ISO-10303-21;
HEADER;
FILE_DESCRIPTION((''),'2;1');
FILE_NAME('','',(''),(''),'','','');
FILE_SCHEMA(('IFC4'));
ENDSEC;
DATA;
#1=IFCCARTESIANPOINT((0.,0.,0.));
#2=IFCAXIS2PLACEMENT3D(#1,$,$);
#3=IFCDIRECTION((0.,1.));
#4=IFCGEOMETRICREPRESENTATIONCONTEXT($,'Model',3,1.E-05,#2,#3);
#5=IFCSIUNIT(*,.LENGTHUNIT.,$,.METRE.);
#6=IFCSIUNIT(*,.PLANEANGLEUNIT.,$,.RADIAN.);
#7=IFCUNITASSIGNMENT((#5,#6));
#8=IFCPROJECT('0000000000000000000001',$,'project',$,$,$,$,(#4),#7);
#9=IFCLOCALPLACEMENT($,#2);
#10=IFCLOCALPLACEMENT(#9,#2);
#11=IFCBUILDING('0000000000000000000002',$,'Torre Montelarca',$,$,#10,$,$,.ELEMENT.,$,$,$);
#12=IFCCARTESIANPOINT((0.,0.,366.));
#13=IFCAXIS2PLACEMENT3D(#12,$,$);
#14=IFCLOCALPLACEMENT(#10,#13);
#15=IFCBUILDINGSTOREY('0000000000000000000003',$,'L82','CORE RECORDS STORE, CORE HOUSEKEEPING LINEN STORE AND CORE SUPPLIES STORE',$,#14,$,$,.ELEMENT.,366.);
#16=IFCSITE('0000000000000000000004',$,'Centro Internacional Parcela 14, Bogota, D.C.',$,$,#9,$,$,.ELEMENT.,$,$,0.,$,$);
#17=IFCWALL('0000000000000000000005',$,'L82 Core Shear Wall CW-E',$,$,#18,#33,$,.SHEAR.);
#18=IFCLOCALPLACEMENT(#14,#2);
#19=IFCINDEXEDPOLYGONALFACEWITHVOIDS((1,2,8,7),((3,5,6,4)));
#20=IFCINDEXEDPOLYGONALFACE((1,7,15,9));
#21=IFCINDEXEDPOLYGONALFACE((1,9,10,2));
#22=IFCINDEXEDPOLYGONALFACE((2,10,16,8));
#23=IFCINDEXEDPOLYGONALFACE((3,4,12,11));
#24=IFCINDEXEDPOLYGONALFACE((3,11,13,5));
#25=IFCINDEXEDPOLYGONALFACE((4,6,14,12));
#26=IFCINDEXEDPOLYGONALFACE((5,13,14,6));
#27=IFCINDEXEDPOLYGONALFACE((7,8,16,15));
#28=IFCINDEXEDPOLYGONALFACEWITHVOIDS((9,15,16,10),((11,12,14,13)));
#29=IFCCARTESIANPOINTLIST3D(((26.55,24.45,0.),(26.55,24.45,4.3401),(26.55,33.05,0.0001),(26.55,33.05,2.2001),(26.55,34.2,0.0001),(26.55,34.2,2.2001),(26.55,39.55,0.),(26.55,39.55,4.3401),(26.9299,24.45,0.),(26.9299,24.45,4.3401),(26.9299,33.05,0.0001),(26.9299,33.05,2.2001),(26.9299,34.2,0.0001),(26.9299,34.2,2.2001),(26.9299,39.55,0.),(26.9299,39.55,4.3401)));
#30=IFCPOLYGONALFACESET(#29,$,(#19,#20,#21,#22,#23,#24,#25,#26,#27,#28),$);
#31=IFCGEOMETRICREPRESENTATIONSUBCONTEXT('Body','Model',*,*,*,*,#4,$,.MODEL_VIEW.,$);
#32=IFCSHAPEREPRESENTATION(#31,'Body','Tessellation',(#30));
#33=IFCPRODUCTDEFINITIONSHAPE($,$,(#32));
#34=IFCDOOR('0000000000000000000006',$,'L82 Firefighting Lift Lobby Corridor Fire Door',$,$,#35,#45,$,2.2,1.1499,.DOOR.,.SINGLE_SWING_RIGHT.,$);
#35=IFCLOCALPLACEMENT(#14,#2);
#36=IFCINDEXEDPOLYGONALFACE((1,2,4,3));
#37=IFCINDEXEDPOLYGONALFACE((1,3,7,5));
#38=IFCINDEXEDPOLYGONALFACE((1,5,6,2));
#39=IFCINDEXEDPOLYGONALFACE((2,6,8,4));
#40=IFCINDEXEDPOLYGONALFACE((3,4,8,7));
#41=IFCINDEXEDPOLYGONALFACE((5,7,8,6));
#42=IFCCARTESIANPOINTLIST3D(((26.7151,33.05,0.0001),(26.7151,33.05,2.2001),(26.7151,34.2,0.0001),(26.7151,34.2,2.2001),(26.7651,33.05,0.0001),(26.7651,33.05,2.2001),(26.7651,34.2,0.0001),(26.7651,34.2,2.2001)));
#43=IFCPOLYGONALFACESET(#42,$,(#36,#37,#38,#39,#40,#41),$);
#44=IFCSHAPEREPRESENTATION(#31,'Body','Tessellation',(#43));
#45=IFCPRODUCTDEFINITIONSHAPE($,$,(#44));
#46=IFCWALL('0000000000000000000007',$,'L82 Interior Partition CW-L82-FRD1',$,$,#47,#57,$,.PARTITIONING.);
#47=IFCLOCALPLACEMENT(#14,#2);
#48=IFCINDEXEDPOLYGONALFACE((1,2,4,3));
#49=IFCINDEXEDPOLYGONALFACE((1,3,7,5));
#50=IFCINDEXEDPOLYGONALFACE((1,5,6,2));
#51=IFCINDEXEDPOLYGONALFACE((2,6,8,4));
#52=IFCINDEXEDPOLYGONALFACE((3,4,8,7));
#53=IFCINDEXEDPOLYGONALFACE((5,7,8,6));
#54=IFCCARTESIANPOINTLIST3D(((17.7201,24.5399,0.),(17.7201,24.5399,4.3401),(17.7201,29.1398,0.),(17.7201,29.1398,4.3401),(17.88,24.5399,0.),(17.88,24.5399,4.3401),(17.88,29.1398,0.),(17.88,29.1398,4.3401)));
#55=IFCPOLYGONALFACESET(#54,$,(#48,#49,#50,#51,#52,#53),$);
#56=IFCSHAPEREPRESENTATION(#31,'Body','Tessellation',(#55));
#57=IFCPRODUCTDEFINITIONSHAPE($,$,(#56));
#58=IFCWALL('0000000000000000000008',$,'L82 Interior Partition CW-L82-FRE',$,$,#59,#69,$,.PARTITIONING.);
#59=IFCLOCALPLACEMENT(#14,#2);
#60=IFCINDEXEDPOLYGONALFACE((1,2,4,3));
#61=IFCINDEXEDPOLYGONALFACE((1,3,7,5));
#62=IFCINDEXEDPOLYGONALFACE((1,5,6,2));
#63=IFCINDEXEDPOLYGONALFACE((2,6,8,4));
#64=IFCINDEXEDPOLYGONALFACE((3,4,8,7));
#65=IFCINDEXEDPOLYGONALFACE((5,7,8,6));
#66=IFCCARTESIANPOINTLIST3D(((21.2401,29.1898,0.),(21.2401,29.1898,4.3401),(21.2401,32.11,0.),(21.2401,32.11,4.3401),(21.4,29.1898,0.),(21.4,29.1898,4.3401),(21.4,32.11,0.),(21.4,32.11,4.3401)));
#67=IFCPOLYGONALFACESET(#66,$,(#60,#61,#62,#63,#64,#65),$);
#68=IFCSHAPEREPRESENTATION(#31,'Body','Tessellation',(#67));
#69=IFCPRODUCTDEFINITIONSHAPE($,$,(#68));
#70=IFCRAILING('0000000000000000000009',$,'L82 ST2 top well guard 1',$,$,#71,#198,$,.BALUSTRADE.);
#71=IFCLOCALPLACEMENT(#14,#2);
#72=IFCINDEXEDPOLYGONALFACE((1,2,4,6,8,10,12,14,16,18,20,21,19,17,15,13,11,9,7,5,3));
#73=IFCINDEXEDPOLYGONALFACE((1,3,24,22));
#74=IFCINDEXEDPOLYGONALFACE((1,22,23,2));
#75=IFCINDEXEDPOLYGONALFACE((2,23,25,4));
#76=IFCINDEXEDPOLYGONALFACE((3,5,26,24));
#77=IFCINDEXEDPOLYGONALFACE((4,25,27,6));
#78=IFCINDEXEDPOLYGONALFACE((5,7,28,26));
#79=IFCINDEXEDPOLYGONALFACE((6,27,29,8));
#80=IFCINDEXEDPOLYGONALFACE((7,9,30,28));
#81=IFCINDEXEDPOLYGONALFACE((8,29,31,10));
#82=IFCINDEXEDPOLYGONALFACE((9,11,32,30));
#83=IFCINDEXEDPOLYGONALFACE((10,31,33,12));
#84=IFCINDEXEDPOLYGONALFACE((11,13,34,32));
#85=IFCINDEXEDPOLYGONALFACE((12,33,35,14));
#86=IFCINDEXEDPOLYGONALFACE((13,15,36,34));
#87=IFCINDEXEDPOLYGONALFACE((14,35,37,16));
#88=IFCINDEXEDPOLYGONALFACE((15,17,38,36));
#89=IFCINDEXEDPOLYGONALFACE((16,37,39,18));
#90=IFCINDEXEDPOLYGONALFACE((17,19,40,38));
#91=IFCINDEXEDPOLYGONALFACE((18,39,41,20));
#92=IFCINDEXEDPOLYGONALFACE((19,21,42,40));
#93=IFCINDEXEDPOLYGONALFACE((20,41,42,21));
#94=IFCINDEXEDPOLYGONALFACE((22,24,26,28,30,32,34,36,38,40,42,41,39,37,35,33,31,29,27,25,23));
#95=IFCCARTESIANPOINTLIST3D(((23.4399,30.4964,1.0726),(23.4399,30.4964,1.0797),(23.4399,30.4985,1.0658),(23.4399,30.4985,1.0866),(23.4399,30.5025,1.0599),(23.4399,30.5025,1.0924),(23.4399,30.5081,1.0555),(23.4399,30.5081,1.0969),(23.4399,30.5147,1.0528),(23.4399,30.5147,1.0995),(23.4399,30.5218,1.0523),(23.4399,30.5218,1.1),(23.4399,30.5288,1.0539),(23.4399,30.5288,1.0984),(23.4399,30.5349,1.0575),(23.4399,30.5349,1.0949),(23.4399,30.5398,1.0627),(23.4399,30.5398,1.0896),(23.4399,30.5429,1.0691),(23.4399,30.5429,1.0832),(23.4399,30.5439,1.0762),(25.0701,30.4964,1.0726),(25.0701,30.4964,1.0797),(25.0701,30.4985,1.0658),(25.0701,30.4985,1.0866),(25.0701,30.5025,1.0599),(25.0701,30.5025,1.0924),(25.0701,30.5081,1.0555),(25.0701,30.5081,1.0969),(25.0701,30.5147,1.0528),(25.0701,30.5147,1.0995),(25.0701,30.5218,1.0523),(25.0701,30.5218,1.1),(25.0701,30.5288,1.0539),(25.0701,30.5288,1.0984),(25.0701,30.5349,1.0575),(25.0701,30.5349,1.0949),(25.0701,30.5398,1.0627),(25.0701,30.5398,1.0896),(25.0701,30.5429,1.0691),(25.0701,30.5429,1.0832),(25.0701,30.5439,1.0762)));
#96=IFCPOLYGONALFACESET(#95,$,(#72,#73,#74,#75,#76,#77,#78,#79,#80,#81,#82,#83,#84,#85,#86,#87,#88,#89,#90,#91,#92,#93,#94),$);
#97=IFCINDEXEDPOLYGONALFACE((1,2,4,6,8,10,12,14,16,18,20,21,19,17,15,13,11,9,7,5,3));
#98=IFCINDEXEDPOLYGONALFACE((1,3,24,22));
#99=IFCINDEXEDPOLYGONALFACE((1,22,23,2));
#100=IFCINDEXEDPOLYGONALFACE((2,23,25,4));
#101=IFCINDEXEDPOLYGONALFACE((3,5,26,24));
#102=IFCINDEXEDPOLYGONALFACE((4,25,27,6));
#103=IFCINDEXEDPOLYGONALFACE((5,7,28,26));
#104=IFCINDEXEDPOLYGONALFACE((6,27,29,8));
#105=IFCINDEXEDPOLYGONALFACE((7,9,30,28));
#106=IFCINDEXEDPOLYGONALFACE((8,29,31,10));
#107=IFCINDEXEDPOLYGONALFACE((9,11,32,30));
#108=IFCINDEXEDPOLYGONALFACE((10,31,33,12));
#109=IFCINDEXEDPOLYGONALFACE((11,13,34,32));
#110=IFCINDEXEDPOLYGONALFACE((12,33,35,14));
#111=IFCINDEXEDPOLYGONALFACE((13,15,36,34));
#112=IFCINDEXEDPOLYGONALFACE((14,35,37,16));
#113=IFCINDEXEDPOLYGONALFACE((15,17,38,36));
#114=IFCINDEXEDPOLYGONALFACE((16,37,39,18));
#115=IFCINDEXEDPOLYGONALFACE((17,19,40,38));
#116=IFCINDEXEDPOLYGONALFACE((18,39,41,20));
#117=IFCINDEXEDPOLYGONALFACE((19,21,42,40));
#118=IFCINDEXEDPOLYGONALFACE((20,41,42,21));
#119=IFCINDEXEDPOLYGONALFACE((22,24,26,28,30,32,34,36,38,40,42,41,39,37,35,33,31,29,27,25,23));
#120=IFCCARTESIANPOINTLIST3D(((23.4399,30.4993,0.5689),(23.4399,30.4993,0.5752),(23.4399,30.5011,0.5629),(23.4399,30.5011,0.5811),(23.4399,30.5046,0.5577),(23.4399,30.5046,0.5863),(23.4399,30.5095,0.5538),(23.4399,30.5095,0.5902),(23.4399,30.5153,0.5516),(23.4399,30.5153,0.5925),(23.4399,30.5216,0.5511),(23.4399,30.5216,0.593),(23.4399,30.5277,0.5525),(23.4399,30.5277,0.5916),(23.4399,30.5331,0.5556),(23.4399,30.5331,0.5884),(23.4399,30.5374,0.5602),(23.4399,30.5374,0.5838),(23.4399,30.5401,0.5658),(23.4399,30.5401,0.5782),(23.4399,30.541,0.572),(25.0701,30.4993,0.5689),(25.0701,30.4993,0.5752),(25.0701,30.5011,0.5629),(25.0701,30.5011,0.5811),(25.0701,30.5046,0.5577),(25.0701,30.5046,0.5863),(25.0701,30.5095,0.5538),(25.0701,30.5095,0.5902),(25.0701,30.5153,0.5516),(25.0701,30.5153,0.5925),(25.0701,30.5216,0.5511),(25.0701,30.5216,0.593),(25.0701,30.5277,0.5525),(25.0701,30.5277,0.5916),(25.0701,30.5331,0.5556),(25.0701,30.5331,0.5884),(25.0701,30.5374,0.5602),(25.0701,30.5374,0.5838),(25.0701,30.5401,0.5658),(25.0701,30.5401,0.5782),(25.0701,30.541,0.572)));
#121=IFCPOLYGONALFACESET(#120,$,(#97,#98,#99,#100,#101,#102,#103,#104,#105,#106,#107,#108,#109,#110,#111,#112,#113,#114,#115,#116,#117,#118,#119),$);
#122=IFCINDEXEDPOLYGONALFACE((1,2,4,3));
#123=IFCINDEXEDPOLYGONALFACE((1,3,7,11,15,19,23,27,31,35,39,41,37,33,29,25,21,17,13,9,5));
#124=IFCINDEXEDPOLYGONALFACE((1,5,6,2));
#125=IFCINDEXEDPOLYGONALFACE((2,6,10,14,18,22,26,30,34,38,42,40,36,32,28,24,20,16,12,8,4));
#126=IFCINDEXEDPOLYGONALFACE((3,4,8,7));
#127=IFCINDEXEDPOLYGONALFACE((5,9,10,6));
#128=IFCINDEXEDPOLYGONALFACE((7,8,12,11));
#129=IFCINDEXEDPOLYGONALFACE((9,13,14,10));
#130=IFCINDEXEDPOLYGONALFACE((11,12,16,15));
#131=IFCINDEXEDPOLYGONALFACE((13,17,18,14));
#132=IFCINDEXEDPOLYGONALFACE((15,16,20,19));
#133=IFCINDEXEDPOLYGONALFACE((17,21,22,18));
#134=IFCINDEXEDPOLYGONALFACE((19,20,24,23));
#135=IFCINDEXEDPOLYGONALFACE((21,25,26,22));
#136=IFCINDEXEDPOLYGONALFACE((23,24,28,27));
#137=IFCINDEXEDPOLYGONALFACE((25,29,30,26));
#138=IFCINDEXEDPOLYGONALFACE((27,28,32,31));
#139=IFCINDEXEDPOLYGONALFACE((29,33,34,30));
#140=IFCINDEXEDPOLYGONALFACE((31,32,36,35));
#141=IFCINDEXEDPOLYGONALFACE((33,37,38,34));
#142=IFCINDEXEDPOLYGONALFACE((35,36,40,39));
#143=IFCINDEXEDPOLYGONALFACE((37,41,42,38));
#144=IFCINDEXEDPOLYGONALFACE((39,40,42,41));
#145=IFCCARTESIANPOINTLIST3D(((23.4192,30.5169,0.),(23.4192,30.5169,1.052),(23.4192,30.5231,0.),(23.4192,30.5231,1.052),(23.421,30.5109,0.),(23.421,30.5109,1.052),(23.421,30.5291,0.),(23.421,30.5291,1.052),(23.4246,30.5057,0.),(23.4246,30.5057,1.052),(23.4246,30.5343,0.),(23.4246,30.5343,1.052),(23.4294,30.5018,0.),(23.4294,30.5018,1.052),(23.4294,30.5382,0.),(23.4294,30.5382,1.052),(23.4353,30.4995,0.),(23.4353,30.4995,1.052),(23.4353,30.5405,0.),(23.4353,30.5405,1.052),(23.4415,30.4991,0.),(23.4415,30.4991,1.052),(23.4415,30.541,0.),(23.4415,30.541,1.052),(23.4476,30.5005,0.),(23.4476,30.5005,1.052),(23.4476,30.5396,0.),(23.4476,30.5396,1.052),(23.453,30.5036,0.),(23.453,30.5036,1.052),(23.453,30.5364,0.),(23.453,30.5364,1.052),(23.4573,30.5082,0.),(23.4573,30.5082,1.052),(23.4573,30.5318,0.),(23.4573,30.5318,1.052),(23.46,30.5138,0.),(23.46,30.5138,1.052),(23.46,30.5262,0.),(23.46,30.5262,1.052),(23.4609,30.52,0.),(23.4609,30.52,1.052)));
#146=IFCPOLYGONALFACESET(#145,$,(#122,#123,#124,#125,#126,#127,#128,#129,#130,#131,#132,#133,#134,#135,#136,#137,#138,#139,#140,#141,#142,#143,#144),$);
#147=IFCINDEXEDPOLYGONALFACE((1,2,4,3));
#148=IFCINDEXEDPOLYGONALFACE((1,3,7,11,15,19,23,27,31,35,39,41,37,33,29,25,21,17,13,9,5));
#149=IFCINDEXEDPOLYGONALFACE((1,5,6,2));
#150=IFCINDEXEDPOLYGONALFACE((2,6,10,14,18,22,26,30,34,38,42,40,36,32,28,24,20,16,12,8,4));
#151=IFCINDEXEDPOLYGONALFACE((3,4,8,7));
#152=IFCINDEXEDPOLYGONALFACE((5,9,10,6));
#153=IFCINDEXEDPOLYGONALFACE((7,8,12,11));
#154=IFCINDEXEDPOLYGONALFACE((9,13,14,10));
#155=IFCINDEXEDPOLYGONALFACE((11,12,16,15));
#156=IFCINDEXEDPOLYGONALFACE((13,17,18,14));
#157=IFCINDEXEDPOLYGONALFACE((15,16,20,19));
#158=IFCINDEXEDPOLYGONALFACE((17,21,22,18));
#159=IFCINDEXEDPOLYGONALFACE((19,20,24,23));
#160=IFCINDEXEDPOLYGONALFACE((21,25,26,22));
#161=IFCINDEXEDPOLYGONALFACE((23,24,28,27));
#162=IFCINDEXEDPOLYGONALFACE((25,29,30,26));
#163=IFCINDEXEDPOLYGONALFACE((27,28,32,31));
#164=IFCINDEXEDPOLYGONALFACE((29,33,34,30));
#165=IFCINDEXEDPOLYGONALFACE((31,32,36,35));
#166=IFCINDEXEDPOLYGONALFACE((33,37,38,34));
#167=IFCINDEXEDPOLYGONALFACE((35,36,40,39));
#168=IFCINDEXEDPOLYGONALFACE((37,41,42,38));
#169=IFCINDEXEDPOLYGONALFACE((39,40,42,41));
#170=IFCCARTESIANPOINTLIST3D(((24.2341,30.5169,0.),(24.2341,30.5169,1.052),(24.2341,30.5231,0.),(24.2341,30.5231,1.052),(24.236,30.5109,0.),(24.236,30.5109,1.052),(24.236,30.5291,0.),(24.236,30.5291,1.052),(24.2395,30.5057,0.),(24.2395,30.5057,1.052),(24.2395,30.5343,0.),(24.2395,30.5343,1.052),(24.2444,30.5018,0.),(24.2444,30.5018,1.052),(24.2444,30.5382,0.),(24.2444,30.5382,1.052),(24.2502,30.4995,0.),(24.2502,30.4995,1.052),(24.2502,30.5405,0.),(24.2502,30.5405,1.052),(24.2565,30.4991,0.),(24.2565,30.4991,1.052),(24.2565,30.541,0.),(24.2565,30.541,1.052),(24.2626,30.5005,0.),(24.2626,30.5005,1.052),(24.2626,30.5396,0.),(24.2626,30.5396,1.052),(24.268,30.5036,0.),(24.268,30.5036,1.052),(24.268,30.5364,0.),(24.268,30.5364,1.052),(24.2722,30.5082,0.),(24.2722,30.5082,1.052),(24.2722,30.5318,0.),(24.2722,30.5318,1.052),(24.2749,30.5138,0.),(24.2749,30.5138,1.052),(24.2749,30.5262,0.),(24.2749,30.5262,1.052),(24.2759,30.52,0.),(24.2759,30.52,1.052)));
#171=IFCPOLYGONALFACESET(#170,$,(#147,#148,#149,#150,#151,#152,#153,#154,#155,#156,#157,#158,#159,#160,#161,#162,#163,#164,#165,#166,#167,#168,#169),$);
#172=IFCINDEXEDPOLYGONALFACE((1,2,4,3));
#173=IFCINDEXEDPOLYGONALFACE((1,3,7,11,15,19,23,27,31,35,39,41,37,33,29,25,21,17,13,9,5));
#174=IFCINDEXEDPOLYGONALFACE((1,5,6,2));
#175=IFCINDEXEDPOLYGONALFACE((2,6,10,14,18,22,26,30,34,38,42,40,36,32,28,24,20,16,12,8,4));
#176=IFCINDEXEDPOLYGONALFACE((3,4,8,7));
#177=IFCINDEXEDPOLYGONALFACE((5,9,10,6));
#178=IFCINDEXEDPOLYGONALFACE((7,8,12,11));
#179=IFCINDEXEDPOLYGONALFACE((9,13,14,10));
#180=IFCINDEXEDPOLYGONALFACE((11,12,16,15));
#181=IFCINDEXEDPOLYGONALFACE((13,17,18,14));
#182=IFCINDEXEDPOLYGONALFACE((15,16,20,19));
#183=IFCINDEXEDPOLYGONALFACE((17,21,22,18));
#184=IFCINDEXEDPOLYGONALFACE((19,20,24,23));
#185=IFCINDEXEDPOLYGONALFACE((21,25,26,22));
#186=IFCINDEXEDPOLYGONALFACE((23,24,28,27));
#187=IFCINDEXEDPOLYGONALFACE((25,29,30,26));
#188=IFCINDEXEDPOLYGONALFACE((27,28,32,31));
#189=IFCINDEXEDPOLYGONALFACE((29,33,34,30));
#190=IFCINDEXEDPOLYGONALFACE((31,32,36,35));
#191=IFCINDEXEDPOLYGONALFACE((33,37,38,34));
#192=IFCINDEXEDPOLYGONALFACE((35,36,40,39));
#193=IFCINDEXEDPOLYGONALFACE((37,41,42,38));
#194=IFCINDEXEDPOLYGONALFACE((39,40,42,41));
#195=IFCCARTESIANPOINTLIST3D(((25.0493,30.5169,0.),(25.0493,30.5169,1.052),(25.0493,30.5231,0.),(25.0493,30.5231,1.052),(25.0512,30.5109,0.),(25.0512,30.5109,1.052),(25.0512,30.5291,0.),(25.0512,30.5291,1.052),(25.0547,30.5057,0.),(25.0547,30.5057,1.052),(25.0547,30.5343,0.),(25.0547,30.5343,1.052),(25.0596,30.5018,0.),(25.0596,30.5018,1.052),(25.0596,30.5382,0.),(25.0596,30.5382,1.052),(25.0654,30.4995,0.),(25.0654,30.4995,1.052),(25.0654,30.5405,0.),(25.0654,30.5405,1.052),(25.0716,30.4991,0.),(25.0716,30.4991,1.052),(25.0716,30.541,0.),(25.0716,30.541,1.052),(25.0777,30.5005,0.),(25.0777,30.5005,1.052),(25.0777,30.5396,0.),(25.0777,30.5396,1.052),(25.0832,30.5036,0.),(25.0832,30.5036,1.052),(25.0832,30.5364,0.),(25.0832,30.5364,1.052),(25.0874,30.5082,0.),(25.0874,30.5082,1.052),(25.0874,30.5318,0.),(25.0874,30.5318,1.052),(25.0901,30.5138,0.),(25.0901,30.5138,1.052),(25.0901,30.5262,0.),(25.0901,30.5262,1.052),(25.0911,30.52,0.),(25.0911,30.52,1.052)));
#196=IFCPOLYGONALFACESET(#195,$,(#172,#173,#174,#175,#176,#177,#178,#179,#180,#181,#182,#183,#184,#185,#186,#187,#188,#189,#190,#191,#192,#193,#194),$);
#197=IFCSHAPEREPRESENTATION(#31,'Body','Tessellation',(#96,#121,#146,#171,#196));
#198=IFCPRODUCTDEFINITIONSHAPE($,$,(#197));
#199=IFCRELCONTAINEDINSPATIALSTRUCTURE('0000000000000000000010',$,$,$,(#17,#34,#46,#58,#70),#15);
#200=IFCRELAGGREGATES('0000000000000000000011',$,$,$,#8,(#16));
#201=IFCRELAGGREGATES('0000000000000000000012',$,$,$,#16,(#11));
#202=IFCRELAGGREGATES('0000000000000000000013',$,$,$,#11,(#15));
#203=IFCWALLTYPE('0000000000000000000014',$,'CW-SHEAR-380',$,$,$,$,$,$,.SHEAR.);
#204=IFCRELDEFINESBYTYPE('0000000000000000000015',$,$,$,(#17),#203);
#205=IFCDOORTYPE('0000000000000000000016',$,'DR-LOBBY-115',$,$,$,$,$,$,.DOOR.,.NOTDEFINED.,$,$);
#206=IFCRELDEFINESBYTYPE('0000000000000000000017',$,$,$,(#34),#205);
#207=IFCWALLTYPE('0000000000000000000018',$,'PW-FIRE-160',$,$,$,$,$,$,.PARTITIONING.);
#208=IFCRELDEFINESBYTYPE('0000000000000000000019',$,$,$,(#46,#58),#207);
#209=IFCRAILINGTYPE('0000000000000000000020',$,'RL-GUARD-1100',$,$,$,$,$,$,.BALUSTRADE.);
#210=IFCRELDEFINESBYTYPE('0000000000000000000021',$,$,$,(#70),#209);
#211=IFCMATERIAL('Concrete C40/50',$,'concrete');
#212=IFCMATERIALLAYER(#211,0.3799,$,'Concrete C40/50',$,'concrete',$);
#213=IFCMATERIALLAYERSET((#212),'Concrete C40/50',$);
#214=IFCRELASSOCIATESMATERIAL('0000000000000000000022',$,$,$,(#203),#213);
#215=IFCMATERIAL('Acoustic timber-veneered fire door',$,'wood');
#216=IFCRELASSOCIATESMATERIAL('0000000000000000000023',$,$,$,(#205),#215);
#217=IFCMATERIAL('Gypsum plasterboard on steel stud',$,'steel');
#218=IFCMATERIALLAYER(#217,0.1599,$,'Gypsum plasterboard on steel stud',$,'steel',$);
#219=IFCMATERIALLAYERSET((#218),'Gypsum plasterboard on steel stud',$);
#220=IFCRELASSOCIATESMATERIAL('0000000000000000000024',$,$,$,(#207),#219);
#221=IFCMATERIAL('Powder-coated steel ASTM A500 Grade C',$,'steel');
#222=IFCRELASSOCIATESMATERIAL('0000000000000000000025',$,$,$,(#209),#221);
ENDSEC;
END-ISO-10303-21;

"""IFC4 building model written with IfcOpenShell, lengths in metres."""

from ifc_helpers import new_model, si_unit, direction, frame, frame_2d, origin, origin_2d, place, context, subcontext, project, spatial, rectangle, circle, extrude, source, transform, mapped, material, layer, layer_set, type_object, element, fill, save


model = new_model("IFC4")

# Units and contexts
model_context = context("Model", 3, precision=1e-05, world=origin(), true_north=direction((0.0, 1.0)))
body_context = subcontext(model_context, "Body", "Model", "MODEL_VIEW")
ifc_project = project(units=[si_unit("LENGTHUNIT", "METRE"), si_unit("PLANEANGLEUNIT", "RADIAN")], contexts=[model_context])

# Site, building, storey
site_placement = place(None, origin())
site = spatial("IfcSite", under=ifc_project, at=site_placement, Name="Centro Internacional Parcela 14, Bogota, D.C.", CompositionType="ELEMENT", RefElevation=0.0)
building_placement = place(site_placement, origin())
building = spatial("IfcBuilding", under=site, at=building_placement, Name="Torre Montelarca", CompositionType="ELEMENT")
storey_placement = place(building_placement, frame((0.0, 0.0, 366.0)))
storey = spatial("IfcBuildingStorey", under=building, at=storey_placement, Name="L82", Description="CORE RECORDS STORE, CORE HOUSEKEEPING LINEN STORE AND CORE SUPPLIES STORE", CompositionType="ELEMENT", Elevation=366.0)

# Shared definitions
ifc_material_1 = material(Name="Concrete C40/50", Category="concrete")

# Wall, opening, door
ifc_layer_1 = layer(ifc_material_1, 0.3799, Name="Concrete C40/50", Category="concrete")
ifc_layer_set_1 = layer_set([ifc_layer_1], Name="Concrete C40/50")
wall_type_1 = type_object("IfcWallType", Name="CW-SHEAR-380", PredefinedType="SHEAR", material=ifc_layer_set_1)
wall_1_placement = place(storey_placement, frame((26.74, 24.45, 0.0), z_axis=(0.0, 0.0, 1.0), x_axis=(0.0, 1.0, 0.0)))
wall_1 = element("IfcWall", 1, at=wall_1_placement, inside=storey, type_object=wall_type_1, Name="L82 Core Shear Wall CW-E", PredefinedType="SHEAR", context=body_context, shape_type="SweptSolid", body=[
    extrude(rectangle(XDim=15.1001, YDim=0.3799, at=frame_2d((7.55, 0.0))), origin(), (0.0, 0.0, 1.0), 4.3401),
])
opening_placement = place(wall_1_placement, frame((8.6001, 0.0, 0.0)))
opening = element("IfcOpeningElement", 2, at=opening_placement, cuts=wall_1, PredefinedType="OPENING", context=body_context, shape_type="SweptSolid", body=[
    extrude(rectangle(XDim=1.1499, YDim=2.2, at=frame_2d((0.575, 1.1001))), frame((0.0, 0.2, 0.0), z_axis=(0.0, -1.0, 0.0), x_axis=(1.0, 0.0, 0.0)), (0.0, 0.0, 1.0), 0.3999),
])
ifc_material_2 = material(Name="Acoustic timber-veneered fire door", Category="wood")
door_type = type_object("IfcDoorType", Name="DR-LOBBY-115", OperationType="NOTDEFINED", PredefinedType="DOOR", material=ifc_material_2)
shared_shape_1 = source(origin(), body_context, "Body", "SweptSolid", [
    extrude(rectangle(XDim=1.1499, YDim=2.2, at=frame_2d((0.575, 1.1001))), frame((0.0, 0.0249, 0.0), z_axis=(0.0, -1.0, 0.0), x_axis=(1.0, 0.0, 0.0)), (0.0, 0.0, 1.0), 0.05),
])
door_placement = place(opening_placement, origin())
door = element("IfcDoor", 3, at=door_placement, inside=storey, type_object=door_type, Name="L82 Firefighting Lift Lobby Corridor Fire Door", OperationType="SINGLE_SWING_RIGHT", OverallHeight=2.2, OverallWidth=1.1499, PredefinedType="DOOR", context=body_context, shape_type="MappedRepresentation", body=[
    mapped(shared_shape_1, transform((0.0, 0.0, 0.0), scale=1.0)),
])
fill(opening, door)

# Walls
ifc_material_3 = material(Name="Gypsum plasterboard on steel stud", Category="steel")
ifc_layer_2 = layer(ifc_material_3, 0.1599, Name="Gypsum plasterboard on steel stud", Category="steel")
ifc_layer_set_2 = layer_set([ifc_layer_2], Name="Gypsum plasterboard on steel stud")
wall_type_2 = type_object("IfcWallType", Name="PW-FIRE-160", PredefinedType="PARTITIONING", material=ifc_layer_set_2)
wall_2_placement = place(storey_placement, frame((17.8, 24.54, 0.0), z_axis=(0.0, 0.0, 1.0), x_axis=(0.0, 1.0, 0.0)))
element("IfcWall", 4, at=wall_2_placement, inside=storey, type_object=wall_type_2, Name="L82 Interior Partition CW-L82-FRD1", PredefinedType="PARTITIONING", context=body_context, shape_type="SweptSolid", body=[
    extrude(rectangle(XDim=4.5999, YDim=0.1599, at=frame_2d((2.2998, 0.0))), origin(), (0.0, 0.0, 1.0), 4.3401),
])
wall_3_placement = place(storey_placement, frame((21.3201, 29.1899, 0.0), z_axis=(0.0, 0.0, 1.0), x_axis=(0.0, 1.0, 0.0)))
element("IfcWall", 5, at=wall_3_placement, inside=storey, type_object=wall_type_2, Name="L82 Interior Partition CW-L82-FRE", PredefinedType="PARTITIONING", context=body_context, shape_type="SweptSolid", body=[
    extrude(rectangle(XDim=2.9202, YDim=0.1599, at=frame_2d((1.46, 0.0))), origin(), (0.0, 0.0, 1.0), 4.3401),
])

# Railing
ifc_material_4 = material(Name="Powder-coated steel ASTM A500 Grade C", Category="steel")
railing_type = type_object("IfcRailingType", Name="RL-GUARD-1100", PredefinedType="BALUSTRADE", material=ifc_material_4)
railing_placement = place(storey_placement, frame((23.4399, 30.52, 0.0)))
element("IfcRailing", 6, at=railing_placement, inside=storey, type_object=railing_type, Name="L82 ST2 top well guard 1", PredefinedType="BALUSTRADE", context=body_context, shape_type="SweptSolid", body=[
    extrude(circle(Radius=0.0239, at=origin_2d()), frame((0.0, 0.0, 1.0762), z_axis=(1.0, 0.0, 0.0), x_axis=(0.0, 1.0, 0.0)), (0.0, 0.0, 1.0), 1.6301),
    extrude(circle(Radius=0.021, at=origin_2d()), frame((0.0, 0.0, 0.572), z_axis=(1.0, 0.0, 0.0), x_axis=(0.0, 1.0, 0.0)), (0.0, 0.0, 1.0), 1.6301),
    extrude(circle(Radius=0.021, at=origin_2d()), origin(), (0.0, 0.0, 1.0), 1.052),
    extrude(circle(Radius=0.021, at=origin_2d()), frame((0.8149, 0.0, 0.0)), (0.0, 0.0, 1.0), 1.052),
    extrude(circle(Radius=0.021, at=origin_2d()), frame((1.6301, 0.0, 0.0)), (0.0, 0.0, 1.0), 1.052),
])

save(model, "model.ifc")
